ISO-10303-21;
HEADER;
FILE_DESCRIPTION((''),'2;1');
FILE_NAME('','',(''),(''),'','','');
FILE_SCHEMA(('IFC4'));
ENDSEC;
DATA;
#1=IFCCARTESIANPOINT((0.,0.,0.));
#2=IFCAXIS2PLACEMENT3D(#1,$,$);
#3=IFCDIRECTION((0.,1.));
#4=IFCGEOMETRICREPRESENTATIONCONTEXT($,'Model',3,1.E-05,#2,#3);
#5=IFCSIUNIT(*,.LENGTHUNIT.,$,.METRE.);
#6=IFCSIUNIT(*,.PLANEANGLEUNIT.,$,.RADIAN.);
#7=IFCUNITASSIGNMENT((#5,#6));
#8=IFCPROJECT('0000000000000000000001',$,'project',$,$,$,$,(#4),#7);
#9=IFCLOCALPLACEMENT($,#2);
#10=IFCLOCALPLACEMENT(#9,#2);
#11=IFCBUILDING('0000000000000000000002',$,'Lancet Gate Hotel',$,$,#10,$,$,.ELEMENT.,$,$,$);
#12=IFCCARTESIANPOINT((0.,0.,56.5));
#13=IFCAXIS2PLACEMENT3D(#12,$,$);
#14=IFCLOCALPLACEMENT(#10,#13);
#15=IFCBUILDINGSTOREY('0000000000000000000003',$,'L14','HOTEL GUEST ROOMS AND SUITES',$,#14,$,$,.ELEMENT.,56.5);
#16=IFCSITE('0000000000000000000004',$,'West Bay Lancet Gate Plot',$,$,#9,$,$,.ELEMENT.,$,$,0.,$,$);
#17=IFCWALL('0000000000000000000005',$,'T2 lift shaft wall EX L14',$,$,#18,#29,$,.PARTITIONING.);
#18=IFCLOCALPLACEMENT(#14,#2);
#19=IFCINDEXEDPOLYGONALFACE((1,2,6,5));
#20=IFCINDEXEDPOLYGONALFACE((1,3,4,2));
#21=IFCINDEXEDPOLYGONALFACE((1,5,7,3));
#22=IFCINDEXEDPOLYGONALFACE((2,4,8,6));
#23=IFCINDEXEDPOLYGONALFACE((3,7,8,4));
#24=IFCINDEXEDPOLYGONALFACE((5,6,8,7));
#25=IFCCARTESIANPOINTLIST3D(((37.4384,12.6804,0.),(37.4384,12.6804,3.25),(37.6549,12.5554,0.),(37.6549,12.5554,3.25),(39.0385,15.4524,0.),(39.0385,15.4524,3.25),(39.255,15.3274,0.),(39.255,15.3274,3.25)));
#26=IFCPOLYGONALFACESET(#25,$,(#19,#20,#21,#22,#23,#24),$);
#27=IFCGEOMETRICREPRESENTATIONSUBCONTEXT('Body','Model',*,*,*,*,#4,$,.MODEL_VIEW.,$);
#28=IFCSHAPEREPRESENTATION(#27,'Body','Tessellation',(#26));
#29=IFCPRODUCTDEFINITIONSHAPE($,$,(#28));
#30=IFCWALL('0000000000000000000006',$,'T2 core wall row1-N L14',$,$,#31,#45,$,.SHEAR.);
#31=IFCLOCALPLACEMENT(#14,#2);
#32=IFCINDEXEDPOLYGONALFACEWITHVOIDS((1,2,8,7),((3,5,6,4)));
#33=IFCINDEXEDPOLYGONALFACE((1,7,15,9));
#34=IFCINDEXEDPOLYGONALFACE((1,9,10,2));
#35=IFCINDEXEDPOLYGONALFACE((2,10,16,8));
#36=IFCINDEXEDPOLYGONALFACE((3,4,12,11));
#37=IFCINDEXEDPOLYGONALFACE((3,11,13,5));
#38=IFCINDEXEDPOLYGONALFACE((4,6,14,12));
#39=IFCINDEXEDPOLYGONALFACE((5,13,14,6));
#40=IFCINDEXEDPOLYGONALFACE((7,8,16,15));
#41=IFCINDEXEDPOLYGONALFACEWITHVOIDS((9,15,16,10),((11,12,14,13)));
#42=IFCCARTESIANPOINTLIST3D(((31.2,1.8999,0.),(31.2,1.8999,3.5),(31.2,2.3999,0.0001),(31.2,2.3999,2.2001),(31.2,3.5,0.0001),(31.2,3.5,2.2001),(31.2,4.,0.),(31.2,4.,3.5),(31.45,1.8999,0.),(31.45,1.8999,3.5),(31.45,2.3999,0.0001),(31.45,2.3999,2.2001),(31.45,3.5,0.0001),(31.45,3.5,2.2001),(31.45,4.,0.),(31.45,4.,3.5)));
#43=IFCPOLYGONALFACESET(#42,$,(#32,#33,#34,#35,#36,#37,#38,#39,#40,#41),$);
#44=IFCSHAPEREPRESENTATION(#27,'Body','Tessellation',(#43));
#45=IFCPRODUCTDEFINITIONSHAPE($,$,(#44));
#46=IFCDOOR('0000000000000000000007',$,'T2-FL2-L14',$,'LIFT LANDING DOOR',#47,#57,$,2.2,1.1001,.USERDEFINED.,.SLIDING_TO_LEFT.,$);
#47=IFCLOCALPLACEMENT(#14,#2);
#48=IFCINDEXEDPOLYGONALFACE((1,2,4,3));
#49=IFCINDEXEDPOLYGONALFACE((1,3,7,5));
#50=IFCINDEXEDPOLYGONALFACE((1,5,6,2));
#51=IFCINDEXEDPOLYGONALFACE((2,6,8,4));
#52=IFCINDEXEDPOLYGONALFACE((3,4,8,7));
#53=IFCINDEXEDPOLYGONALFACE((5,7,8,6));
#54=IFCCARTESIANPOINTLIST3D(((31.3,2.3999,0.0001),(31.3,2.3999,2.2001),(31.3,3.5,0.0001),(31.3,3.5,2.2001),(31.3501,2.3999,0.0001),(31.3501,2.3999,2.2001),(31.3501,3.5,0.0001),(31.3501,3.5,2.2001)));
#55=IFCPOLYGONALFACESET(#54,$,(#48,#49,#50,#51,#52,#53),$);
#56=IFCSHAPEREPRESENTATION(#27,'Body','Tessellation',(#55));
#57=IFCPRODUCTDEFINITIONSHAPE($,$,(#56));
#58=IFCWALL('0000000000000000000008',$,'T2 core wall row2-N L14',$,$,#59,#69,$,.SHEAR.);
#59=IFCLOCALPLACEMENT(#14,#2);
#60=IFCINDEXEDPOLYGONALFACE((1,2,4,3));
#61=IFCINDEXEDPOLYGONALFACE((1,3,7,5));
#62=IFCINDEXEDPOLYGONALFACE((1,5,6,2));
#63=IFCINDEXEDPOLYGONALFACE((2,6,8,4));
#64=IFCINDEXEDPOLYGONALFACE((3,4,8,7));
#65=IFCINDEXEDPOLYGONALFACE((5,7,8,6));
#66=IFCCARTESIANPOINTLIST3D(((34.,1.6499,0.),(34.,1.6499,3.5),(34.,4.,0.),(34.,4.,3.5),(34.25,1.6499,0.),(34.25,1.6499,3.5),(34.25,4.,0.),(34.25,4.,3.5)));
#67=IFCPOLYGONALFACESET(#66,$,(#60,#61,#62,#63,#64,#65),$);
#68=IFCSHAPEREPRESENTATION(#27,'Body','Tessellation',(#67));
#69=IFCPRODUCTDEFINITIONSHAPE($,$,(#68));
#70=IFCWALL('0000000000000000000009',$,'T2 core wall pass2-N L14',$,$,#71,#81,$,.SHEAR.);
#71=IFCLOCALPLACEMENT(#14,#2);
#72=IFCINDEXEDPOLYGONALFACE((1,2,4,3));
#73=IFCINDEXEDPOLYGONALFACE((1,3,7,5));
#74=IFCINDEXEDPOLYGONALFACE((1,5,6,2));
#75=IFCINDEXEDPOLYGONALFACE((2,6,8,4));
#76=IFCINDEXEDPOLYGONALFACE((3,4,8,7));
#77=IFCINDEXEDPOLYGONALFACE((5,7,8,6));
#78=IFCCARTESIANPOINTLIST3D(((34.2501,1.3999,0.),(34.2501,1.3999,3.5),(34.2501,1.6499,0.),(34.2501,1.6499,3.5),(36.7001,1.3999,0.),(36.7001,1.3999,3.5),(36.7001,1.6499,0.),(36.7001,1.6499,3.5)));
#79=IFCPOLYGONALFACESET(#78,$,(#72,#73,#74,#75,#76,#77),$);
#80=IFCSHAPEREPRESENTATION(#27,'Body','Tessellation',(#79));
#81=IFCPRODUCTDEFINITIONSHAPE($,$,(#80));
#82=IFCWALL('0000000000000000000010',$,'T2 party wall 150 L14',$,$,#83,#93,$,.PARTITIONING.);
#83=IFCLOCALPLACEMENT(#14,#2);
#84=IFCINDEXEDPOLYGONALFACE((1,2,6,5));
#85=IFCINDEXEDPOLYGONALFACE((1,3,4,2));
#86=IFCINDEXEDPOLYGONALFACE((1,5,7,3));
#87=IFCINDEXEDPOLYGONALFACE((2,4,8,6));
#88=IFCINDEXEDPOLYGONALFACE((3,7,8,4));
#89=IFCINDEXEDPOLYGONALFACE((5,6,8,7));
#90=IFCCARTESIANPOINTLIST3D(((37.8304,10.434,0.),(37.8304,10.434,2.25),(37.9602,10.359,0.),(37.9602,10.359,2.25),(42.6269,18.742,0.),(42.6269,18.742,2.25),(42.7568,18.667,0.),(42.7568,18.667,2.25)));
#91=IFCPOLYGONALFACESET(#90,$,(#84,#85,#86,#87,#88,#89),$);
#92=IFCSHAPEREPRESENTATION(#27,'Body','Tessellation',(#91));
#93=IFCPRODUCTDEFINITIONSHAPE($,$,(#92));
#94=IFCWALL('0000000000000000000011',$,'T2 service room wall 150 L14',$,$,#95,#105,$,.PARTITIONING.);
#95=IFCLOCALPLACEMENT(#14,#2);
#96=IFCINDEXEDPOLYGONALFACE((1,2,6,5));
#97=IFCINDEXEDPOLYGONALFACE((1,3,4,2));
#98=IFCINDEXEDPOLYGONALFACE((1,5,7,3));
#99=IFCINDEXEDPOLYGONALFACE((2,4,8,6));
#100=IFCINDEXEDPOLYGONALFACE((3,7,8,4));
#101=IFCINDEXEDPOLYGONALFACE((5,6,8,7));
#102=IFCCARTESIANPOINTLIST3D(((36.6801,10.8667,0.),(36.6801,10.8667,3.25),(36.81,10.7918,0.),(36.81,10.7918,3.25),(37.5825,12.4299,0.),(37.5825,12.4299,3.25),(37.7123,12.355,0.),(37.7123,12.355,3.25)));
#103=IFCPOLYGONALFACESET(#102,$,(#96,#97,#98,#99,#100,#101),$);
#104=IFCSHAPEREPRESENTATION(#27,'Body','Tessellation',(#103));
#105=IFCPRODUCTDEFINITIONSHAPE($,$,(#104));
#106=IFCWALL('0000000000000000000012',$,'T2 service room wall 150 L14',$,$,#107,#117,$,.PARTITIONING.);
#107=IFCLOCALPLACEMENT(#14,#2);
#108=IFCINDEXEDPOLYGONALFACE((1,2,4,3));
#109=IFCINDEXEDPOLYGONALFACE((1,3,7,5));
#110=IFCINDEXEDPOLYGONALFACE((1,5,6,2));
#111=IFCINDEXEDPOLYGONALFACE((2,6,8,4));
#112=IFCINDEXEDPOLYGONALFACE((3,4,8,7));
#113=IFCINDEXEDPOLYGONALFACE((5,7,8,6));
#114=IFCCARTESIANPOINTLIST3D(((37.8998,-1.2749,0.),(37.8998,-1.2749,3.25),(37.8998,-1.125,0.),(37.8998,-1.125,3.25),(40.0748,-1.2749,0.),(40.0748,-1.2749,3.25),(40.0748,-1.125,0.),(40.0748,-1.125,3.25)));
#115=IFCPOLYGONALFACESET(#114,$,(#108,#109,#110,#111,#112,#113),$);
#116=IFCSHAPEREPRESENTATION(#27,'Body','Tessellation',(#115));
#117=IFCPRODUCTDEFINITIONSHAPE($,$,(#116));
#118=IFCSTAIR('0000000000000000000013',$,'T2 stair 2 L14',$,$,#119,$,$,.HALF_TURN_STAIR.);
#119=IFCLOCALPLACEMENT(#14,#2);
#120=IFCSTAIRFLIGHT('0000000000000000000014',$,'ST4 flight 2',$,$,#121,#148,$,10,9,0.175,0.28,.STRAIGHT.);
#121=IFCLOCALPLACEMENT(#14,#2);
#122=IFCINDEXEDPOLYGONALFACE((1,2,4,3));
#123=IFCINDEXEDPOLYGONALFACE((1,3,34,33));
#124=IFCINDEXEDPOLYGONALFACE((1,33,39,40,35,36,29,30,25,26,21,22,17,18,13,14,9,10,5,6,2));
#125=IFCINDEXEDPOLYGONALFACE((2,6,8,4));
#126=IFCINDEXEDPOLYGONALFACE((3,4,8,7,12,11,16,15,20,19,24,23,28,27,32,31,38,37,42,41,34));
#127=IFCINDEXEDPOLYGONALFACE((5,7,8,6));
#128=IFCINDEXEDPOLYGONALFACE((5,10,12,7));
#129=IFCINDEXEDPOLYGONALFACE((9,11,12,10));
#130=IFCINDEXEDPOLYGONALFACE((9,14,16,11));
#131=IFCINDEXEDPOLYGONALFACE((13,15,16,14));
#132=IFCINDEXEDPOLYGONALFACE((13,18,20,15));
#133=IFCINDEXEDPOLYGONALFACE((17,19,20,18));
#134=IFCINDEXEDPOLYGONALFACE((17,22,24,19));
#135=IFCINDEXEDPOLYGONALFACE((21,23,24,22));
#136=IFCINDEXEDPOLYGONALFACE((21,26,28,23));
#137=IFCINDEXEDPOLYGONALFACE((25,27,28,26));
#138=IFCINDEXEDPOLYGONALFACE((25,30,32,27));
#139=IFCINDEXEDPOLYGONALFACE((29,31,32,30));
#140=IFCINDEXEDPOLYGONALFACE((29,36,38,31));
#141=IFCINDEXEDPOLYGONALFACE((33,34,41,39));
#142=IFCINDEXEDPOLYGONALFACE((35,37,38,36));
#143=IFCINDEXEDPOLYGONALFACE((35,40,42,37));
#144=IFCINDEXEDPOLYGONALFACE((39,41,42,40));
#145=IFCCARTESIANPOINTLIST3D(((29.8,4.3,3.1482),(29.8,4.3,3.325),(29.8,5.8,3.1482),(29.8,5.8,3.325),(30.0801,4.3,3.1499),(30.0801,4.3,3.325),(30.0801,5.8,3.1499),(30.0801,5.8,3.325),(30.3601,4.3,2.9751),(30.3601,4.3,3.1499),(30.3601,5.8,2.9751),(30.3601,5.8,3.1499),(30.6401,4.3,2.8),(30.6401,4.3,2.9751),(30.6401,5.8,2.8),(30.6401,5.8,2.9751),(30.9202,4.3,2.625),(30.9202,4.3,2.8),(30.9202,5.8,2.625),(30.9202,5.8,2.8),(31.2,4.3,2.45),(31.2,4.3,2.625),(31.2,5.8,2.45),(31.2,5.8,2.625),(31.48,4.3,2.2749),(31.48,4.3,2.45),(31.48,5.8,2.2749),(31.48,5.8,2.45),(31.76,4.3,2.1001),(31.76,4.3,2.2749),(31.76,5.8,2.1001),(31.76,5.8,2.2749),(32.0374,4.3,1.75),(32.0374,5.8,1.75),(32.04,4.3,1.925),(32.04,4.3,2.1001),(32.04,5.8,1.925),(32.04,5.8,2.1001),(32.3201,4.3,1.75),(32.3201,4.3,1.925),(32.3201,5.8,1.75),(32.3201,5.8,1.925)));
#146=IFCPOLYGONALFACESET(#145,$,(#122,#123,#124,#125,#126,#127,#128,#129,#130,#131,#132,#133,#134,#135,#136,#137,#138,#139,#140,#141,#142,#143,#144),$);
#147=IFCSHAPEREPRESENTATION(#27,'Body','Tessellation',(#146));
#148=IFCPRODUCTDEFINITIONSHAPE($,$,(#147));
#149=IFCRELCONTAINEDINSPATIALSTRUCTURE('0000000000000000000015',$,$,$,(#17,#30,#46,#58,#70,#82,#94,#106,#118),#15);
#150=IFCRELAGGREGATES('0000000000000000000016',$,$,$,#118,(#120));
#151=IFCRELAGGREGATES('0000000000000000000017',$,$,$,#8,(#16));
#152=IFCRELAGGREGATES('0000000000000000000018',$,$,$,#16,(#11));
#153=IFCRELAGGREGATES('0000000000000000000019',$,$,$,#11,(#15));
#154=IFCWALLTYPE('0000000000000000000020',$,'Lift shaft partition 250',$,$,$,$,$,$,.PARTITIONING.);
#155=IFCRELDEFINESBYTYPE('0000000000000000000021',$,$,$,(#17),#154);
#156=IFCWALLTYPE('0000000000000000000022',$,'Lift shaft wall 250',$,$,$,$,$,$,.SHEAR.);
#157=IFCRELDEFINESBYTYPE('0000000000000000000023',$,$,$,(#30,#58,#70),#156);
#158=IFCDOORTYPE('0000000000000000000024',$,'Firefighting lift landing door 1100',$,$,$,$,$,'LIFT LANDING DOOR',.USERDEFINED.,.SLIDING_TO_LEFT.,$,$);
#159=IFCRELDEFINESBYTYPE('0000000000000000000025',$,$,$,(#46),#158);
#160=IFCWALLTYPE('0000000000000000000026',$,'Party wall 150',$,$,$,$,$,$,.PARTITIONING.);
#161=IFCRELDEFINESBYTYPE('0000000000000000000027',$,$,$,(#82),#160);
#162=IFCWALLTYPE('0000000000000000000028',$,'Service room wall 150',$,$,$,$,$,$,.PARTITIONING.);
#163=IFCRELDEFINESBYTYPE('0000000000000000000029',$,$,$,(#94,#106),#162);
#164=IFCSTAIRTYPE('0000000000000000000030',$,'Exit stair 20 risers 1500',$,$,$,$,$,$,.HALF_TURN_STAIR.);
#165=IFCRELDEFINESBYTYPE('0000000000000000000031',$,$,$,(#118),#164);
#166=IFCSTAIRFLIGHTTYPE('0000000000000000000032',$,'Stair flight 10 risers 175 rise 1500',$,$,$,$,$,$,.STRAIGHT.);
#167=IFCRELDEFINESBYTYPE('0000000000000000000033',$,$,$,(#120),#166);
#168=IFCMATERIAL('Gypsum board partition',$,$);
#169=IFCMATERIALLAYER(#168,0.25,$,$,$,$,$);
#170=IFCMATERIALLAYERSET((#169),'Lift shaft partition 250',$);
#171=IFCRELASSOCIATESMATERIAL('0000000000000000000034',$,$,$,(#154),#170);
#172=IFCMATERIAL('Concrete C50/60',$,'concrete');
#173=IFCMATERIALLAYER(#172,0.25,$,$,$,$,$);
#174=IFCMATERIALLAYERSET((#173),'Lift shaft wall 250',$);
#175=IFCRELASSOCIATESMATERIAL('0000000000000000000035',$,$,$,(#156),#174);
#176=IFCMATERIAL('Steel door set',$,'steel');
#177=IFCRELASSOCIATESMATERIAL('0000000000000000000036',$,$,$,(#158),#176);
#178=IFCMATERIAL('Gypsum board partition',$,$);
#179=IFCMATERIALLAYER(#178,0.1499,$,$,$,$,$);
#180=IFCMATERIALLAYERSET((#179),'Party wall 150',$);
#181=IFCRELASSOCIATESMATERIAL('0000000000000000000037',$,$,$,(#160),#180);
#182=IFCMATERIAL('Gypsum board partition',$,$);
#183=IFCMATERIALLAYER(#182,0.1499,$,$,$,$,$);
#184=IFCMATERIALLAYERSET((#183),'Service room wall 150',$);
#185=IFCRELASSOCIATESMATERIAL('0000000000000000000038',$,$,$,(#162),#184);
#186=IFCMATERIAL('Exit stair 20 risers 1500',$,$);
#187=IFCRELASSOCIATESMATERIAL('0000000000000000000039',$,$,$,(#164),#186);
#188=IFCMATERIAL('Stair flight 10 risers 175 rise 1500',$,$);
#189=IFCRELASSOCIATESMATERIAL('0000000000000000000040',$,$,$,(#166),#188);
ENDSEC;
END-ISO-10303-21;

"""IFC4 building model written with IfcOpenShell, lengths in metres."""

from ifc_helpers import new_model, si_unit, direction, frame, frame_2d, origin, place, context, subcontext, project, spatial, polyline, rectangle, outline, extrude, material, layer, layer_set, type_object, element, fill, aggregate, save


model = new_model("IFC4")

# Units and contexts
model_context = context("Model", 3, precision=1e-05, world=origin(), true_north=direction((0.0, 1.0)))
body_context = subcontext(model_context, "Body", "Model", "MODEL_VIEW")
ifc_project = project(units=[si_unit("LENGTHUNIT", "METRE"), si_unit("PLANEANGLEUNIT", "RADIAN")], contexts=[model_context])

# Site, building, storey
site_placement = place(None, origin())
site = spatial("IfcSite", under=ifc_project, at=site_placement, Name="West Bay Lancet Gate Plot", CompositionType="ELEMENT", RefElevation=0.0)
building_placement = place(site_placement, origin())
building = spatial("IfcBuilding", under=site, at=building_placement, Name="Lancet Gate Hotel", CompositionType="ELEMENT")
storey_placement = place(building_placement, frame((0.0, 0.0, 56.5)))
storey = spatial("IfcBuildingStorey", under=building, at=storey_placement, Name="L14", Description="HOTEL GUEST ROOMS AND SUITES", CompositionType="ELEMENT", Elevation=56.5)

# Wall
ifc_material_1 = material(Name="Gypsum board partition")
ifc_layer_1 = layer(ifc_material_1, 0.25)
ifc_layer_set_1 = layer_set([ifc_layer_1], Name="Lift shaft partition 250")
wall_type_1 = type_object("IfcWallType", Name="Lift shaft partition 250", PredefinedType="PARTITIONING", material=ifc_layer_set_1)
wall_1_placement = place(storey_placement, frame((37.5466, 12.6179, 0.0), z_axis=(0.0, 0.0, 1.0), x_axis=(0.499929, 0.866066, 0.0)))
element("IfcWall", 1, at=wall_1_placement, inside=storey, type_object=wall_type_1, Name="T2 lift shaft wall EX L14", PredefinedType="PARTITIONING", context=body_context, shape_type="SweptSolid", body=[
    extrude(rectangle(XDim=3.2007, YDim=0.25, at=frame_2d((1.6003, 0.0))), origin(), (0.0, 0.0, 1.0), 3.25),
])

# Wall, opening, door
ifc_material_2 = material(Name="Concrete C50/60", Category="concrete")
ifc_layer_2 = layer(ifc_material_2, 0.25)
ifc_layer_set_2 = layer_set([ifc_layer_2], Name="Lift shaft wall 250")
wall_type_2 = type_object("IfcWallType", Name="Lift shaft wall 250", PredefinedType="SHEAR", material=ifc_layer_set_2)
wall_2_placement = place(storey_placement, frame((31.325, 1.8999, 0.0), z_axis=(0.0, 0.0, 1.0), x_axis=(0.0, 1.0, 0.0)))
wall_2 = element("IfcWall", 2, at=wall_2_placement, inside=storey, type_object=wall_type_2, Name="T2 core wall row1-N L14", PredefinedType="SHEAR", context=body_context, shape_type="SweptSolid", body=[
    extrude(rectangle(XDim=2.1001, YDim=0.25, at=frame_2d((1.05, 0.0))), origin(), (0.0, 0.0, 1.0), 3.5),
])
opening_1_placement = place(wall_2_placement, frame((0.5, 0.0, 0.0)))
opening_1 = element("IfcOpeningElement", 3, at=opening_1_placement, cuts=wall_2, PredefinedType="OPENING", context=body_context, shape_type="SweptSolid", body=[
    extrude(rectangle(XDim=1.1001, YDim=2.2, at=frame_2d((0.55, 1.1001))), frame((0.0, 0.135, 0.0), z_axis=(0.0, -1.0, 0.0), x_axis=(1.0, 0.0, 0.0)), (0.0, 0.0, 1.0), 0.27),
])
ifc_material_3 = material(Name="Steel door set", Category="steel")
door_type_1 = type_object("IfcDoorType", Name="Firefighting lift landing door 1100", ElementType="LIFT LANDING DOOR", OperationType="SLIDING_TO_LEFT", PredefinedType="USERDEFINED", material=ifc_material_3)
door_1_placement = place(opening_1_placement, origin())
door_1 = element("IfcDoor", 4, at=door_1_placement, inside=storey, type_object=door_type_1, Name="T2-FL2-L14", ObjectType="LIFT LANDING DOOR", OperationType="SLIDING_TO_LEFT", OverallHeight=2.2, OverallWidth=1.1001, PredefinedType="USERDEFINED", context=body_context, shape_type="SweptSolid", body=[
    extrude(rectangle(XDim=1.1001, YDim=2.2, at=frame_2d((0.55, 1.1001))), frame((0.0, 0.0249, 0.0), z_axis=(0.0, -1.0, 0.0), x_axis=(1.0, 0.0, 0.0)), (0.0, 0.0, 1.0), 0.05),
])
fill(opening_1, door_1)

# Walls
wall_3_placement = place(storey_placement, frame((34.125, 1.6499, 0.0), z_axis=(0.0, 0.0, 1.0), x_axis=(0.0, 1.0, 0.0)))
element("IfcWall", 5, at=wall_3_placement, inside=storey, type_object=wall_type_2, Name="T2 core wall row2-N L14", PredefinedType="SHEAR", context=body_context, shape_type="SweptSolid", body=[
    extrude(rectangle(XDim=2.3501, YDim=0.25, at=frame_2d((1.175, 0.0))), origin(), (0.0, 0.0, 1.0), 3.5),
])
wall_4_placement = place(storey_placement, frame((34.25, 1.5249, 0.0), z_axis=(0.0, 0.0, 1.0), x_axis=(1.0, 0.0, 0.0)))
element("IfcWall", 6, at=wall_4_placement, inside=storey, type_object=wall_type_2, Name="T2 core wall pass2-N L14", PredefinedType="SHEAR", context=body_context, shape_type="SweptSolid", body=[
    extrude(rectangle(XDim=2.45, YDim=0.25, at=frame_2d((1.2251, 0.0))), origin(), (0.0, 0.0, 1.0), 3.5),
])
ifc_material_4 = material(Name="Gypsum board partition")
ifc_layer_3 = layer(ifc_material_4, 0.1499)
ifc_layer_set_3 = layer_set([ifc_layer_3], Name="Party wall 150")
wall_type_3 = type_object("IfcWallType", Name="Party wall 150", PredefinedType="PARTITIONING", material=ifc_layer_set_3)
wall_5_placement = place(storey_placement, frame((37.8953, 10.3965, 0.0), z_axis=(0.0, 0.0, 1.0), x_axis=(0.499996, 0.866028, 0.0)))
element("IfcWall", 7, at=wall_5_placement, inside=storey, type_object=wall_type_3, Name="T2 party wall 150 L14", PredefinedType="PARTITIONING", context=body_context, shape_type="SweptSolid", body=[
    extrude(rectangle(XDim=9.5933, YDim=0.1499, at=frame_2d((4.7966, 0.0))), origin(), (0.0, 0.0, 1.0), 2.25),
])
ifc_material_5 = material(Name="Gypsum board partition")
ifc_layer_4 = layer(ifc_material_5, 0.1499)
ifc_layer_set_4 = layer_set([ifc_layer_4], Name="Service room wall 150")
wall_type_4 = type_object("IfcWallType", Name="Service room wall 150", PredefinedType="PARTITIONING", material=ifc_layer_set_4)
wall_6_placement = place(storey_placement, frame((36.7451, 10.8293, 0.0), z_axis=(0.0, 0.0, 1.0), x_axis=(0.499922, 0.866071, 0.0)))
element("IfcWall", 8, at=wall_6_placement, inside=storey, type_object=wall_type_4, Name="T2 service room wall 150 L14", PredefinedType="PARTITIONING", context=body_context, shape_type="SweptSolid", body=[
    extrude(rectangle(XDim=1.8049, YDim=0.1499, at=frame_2d((0.9023, 0.0))), origin(), (0.0, 0.0, 1.0), 3.25),
])
wall_7_placement = place(storey_placement, frame((37.8999, -1.2, 0.0), z_axis=(0.0, 0.0, 1.0), x_axis=(1.0, 0.0, 0.0)))
element("IfcWall", 9, at=wall_7_placement, inside=storey, type_object=wall_type_4, Name="T2 service room wall 150 L14", PredefinedType="PARTITIONING", context=body_context, shape_type="SweptSolid", body=[
    extrude(rectangle(XDim=2.175, YDim=0.1499, at=frame_2d((1.0874, 0.0))), origin(), (0.0, 0.0, 1.0), 3.25),
])

# Stair, stair flight
ifc_material_6 = material(Name="Exit stair 20 risers 1500")
stair_type = type_object("IfcStairType", Name="Exit stair 20 risers 1500", PredefinedType="HALF_TURN_STAIR", material=ifc_material_6)
stair_placement = place(storey_placement, origin())
stair = element("IfcStair", 10, at=stair_placement, inside=storey, type_object=stair_type, Name="T2 stair 2 L14", PredefinedType="HALF_TURN_STAIR")
ifc_material_7 = material(Name="Stair flight 10 risers 175 rise 1500")
stair_flight_type = type_object("IfcStairFlightType", Name="Stair flight 10 risers 175 rise 1500", PredefinedType="STRAIGHT", material=ifc_material_7)
stair_flight_placement = place(storey_placement, frame((32.3201, 5.05, 1.75), z_axis=(0.0, 0.0, 1.0), x_axis=(-1.0, 0.0, 0.0)))
stair_flight = element("IfcStairFlight", 11, at=stair_flight_placement, type_object=stair_flight_type, Name="ST4 flight 2", NumberOfRisers=10, NumberOfTreads=9, PredefinedType="STRAIGHT", RiserHeight=0.175, TreadLength=0.28, context=body_context, shape_type="SweptSolid", body=[
    extrude(outline(polyline([(0.0, 0.0), (0.0, 0.175), (0.28, 0.175), (0.28, 0.3501), (0.5601, 0.3501), (0.5601, 0.5249), (0.8401, 0.5249), (0.8401, 0.7), (1.1201, 0.7), (1.1201, 0.875), (1.3999, 0.875), (1.3999, 1.05), (1.6799, 1.05), (1.6799, 1.2251), (1.96, 1.2251), (1.96, 1.3999), (2.24, 1.3999), (2.24, 1.575), (2.52, 1.575), (2.52, 1.75), (2.52, 1.3982), (0.2827, 0.0), (0.0, 0.0)])), frame((0.0, 0.75, 0.0), z_axis=(0.0, -1.0, 0.0), x_axis=(1.0, 0.0, 0.0)), (0.0, 0.0, 1.0), 1.5),
])
aggregate(stair, [stair_flight])

save(model, "model.ifc")
